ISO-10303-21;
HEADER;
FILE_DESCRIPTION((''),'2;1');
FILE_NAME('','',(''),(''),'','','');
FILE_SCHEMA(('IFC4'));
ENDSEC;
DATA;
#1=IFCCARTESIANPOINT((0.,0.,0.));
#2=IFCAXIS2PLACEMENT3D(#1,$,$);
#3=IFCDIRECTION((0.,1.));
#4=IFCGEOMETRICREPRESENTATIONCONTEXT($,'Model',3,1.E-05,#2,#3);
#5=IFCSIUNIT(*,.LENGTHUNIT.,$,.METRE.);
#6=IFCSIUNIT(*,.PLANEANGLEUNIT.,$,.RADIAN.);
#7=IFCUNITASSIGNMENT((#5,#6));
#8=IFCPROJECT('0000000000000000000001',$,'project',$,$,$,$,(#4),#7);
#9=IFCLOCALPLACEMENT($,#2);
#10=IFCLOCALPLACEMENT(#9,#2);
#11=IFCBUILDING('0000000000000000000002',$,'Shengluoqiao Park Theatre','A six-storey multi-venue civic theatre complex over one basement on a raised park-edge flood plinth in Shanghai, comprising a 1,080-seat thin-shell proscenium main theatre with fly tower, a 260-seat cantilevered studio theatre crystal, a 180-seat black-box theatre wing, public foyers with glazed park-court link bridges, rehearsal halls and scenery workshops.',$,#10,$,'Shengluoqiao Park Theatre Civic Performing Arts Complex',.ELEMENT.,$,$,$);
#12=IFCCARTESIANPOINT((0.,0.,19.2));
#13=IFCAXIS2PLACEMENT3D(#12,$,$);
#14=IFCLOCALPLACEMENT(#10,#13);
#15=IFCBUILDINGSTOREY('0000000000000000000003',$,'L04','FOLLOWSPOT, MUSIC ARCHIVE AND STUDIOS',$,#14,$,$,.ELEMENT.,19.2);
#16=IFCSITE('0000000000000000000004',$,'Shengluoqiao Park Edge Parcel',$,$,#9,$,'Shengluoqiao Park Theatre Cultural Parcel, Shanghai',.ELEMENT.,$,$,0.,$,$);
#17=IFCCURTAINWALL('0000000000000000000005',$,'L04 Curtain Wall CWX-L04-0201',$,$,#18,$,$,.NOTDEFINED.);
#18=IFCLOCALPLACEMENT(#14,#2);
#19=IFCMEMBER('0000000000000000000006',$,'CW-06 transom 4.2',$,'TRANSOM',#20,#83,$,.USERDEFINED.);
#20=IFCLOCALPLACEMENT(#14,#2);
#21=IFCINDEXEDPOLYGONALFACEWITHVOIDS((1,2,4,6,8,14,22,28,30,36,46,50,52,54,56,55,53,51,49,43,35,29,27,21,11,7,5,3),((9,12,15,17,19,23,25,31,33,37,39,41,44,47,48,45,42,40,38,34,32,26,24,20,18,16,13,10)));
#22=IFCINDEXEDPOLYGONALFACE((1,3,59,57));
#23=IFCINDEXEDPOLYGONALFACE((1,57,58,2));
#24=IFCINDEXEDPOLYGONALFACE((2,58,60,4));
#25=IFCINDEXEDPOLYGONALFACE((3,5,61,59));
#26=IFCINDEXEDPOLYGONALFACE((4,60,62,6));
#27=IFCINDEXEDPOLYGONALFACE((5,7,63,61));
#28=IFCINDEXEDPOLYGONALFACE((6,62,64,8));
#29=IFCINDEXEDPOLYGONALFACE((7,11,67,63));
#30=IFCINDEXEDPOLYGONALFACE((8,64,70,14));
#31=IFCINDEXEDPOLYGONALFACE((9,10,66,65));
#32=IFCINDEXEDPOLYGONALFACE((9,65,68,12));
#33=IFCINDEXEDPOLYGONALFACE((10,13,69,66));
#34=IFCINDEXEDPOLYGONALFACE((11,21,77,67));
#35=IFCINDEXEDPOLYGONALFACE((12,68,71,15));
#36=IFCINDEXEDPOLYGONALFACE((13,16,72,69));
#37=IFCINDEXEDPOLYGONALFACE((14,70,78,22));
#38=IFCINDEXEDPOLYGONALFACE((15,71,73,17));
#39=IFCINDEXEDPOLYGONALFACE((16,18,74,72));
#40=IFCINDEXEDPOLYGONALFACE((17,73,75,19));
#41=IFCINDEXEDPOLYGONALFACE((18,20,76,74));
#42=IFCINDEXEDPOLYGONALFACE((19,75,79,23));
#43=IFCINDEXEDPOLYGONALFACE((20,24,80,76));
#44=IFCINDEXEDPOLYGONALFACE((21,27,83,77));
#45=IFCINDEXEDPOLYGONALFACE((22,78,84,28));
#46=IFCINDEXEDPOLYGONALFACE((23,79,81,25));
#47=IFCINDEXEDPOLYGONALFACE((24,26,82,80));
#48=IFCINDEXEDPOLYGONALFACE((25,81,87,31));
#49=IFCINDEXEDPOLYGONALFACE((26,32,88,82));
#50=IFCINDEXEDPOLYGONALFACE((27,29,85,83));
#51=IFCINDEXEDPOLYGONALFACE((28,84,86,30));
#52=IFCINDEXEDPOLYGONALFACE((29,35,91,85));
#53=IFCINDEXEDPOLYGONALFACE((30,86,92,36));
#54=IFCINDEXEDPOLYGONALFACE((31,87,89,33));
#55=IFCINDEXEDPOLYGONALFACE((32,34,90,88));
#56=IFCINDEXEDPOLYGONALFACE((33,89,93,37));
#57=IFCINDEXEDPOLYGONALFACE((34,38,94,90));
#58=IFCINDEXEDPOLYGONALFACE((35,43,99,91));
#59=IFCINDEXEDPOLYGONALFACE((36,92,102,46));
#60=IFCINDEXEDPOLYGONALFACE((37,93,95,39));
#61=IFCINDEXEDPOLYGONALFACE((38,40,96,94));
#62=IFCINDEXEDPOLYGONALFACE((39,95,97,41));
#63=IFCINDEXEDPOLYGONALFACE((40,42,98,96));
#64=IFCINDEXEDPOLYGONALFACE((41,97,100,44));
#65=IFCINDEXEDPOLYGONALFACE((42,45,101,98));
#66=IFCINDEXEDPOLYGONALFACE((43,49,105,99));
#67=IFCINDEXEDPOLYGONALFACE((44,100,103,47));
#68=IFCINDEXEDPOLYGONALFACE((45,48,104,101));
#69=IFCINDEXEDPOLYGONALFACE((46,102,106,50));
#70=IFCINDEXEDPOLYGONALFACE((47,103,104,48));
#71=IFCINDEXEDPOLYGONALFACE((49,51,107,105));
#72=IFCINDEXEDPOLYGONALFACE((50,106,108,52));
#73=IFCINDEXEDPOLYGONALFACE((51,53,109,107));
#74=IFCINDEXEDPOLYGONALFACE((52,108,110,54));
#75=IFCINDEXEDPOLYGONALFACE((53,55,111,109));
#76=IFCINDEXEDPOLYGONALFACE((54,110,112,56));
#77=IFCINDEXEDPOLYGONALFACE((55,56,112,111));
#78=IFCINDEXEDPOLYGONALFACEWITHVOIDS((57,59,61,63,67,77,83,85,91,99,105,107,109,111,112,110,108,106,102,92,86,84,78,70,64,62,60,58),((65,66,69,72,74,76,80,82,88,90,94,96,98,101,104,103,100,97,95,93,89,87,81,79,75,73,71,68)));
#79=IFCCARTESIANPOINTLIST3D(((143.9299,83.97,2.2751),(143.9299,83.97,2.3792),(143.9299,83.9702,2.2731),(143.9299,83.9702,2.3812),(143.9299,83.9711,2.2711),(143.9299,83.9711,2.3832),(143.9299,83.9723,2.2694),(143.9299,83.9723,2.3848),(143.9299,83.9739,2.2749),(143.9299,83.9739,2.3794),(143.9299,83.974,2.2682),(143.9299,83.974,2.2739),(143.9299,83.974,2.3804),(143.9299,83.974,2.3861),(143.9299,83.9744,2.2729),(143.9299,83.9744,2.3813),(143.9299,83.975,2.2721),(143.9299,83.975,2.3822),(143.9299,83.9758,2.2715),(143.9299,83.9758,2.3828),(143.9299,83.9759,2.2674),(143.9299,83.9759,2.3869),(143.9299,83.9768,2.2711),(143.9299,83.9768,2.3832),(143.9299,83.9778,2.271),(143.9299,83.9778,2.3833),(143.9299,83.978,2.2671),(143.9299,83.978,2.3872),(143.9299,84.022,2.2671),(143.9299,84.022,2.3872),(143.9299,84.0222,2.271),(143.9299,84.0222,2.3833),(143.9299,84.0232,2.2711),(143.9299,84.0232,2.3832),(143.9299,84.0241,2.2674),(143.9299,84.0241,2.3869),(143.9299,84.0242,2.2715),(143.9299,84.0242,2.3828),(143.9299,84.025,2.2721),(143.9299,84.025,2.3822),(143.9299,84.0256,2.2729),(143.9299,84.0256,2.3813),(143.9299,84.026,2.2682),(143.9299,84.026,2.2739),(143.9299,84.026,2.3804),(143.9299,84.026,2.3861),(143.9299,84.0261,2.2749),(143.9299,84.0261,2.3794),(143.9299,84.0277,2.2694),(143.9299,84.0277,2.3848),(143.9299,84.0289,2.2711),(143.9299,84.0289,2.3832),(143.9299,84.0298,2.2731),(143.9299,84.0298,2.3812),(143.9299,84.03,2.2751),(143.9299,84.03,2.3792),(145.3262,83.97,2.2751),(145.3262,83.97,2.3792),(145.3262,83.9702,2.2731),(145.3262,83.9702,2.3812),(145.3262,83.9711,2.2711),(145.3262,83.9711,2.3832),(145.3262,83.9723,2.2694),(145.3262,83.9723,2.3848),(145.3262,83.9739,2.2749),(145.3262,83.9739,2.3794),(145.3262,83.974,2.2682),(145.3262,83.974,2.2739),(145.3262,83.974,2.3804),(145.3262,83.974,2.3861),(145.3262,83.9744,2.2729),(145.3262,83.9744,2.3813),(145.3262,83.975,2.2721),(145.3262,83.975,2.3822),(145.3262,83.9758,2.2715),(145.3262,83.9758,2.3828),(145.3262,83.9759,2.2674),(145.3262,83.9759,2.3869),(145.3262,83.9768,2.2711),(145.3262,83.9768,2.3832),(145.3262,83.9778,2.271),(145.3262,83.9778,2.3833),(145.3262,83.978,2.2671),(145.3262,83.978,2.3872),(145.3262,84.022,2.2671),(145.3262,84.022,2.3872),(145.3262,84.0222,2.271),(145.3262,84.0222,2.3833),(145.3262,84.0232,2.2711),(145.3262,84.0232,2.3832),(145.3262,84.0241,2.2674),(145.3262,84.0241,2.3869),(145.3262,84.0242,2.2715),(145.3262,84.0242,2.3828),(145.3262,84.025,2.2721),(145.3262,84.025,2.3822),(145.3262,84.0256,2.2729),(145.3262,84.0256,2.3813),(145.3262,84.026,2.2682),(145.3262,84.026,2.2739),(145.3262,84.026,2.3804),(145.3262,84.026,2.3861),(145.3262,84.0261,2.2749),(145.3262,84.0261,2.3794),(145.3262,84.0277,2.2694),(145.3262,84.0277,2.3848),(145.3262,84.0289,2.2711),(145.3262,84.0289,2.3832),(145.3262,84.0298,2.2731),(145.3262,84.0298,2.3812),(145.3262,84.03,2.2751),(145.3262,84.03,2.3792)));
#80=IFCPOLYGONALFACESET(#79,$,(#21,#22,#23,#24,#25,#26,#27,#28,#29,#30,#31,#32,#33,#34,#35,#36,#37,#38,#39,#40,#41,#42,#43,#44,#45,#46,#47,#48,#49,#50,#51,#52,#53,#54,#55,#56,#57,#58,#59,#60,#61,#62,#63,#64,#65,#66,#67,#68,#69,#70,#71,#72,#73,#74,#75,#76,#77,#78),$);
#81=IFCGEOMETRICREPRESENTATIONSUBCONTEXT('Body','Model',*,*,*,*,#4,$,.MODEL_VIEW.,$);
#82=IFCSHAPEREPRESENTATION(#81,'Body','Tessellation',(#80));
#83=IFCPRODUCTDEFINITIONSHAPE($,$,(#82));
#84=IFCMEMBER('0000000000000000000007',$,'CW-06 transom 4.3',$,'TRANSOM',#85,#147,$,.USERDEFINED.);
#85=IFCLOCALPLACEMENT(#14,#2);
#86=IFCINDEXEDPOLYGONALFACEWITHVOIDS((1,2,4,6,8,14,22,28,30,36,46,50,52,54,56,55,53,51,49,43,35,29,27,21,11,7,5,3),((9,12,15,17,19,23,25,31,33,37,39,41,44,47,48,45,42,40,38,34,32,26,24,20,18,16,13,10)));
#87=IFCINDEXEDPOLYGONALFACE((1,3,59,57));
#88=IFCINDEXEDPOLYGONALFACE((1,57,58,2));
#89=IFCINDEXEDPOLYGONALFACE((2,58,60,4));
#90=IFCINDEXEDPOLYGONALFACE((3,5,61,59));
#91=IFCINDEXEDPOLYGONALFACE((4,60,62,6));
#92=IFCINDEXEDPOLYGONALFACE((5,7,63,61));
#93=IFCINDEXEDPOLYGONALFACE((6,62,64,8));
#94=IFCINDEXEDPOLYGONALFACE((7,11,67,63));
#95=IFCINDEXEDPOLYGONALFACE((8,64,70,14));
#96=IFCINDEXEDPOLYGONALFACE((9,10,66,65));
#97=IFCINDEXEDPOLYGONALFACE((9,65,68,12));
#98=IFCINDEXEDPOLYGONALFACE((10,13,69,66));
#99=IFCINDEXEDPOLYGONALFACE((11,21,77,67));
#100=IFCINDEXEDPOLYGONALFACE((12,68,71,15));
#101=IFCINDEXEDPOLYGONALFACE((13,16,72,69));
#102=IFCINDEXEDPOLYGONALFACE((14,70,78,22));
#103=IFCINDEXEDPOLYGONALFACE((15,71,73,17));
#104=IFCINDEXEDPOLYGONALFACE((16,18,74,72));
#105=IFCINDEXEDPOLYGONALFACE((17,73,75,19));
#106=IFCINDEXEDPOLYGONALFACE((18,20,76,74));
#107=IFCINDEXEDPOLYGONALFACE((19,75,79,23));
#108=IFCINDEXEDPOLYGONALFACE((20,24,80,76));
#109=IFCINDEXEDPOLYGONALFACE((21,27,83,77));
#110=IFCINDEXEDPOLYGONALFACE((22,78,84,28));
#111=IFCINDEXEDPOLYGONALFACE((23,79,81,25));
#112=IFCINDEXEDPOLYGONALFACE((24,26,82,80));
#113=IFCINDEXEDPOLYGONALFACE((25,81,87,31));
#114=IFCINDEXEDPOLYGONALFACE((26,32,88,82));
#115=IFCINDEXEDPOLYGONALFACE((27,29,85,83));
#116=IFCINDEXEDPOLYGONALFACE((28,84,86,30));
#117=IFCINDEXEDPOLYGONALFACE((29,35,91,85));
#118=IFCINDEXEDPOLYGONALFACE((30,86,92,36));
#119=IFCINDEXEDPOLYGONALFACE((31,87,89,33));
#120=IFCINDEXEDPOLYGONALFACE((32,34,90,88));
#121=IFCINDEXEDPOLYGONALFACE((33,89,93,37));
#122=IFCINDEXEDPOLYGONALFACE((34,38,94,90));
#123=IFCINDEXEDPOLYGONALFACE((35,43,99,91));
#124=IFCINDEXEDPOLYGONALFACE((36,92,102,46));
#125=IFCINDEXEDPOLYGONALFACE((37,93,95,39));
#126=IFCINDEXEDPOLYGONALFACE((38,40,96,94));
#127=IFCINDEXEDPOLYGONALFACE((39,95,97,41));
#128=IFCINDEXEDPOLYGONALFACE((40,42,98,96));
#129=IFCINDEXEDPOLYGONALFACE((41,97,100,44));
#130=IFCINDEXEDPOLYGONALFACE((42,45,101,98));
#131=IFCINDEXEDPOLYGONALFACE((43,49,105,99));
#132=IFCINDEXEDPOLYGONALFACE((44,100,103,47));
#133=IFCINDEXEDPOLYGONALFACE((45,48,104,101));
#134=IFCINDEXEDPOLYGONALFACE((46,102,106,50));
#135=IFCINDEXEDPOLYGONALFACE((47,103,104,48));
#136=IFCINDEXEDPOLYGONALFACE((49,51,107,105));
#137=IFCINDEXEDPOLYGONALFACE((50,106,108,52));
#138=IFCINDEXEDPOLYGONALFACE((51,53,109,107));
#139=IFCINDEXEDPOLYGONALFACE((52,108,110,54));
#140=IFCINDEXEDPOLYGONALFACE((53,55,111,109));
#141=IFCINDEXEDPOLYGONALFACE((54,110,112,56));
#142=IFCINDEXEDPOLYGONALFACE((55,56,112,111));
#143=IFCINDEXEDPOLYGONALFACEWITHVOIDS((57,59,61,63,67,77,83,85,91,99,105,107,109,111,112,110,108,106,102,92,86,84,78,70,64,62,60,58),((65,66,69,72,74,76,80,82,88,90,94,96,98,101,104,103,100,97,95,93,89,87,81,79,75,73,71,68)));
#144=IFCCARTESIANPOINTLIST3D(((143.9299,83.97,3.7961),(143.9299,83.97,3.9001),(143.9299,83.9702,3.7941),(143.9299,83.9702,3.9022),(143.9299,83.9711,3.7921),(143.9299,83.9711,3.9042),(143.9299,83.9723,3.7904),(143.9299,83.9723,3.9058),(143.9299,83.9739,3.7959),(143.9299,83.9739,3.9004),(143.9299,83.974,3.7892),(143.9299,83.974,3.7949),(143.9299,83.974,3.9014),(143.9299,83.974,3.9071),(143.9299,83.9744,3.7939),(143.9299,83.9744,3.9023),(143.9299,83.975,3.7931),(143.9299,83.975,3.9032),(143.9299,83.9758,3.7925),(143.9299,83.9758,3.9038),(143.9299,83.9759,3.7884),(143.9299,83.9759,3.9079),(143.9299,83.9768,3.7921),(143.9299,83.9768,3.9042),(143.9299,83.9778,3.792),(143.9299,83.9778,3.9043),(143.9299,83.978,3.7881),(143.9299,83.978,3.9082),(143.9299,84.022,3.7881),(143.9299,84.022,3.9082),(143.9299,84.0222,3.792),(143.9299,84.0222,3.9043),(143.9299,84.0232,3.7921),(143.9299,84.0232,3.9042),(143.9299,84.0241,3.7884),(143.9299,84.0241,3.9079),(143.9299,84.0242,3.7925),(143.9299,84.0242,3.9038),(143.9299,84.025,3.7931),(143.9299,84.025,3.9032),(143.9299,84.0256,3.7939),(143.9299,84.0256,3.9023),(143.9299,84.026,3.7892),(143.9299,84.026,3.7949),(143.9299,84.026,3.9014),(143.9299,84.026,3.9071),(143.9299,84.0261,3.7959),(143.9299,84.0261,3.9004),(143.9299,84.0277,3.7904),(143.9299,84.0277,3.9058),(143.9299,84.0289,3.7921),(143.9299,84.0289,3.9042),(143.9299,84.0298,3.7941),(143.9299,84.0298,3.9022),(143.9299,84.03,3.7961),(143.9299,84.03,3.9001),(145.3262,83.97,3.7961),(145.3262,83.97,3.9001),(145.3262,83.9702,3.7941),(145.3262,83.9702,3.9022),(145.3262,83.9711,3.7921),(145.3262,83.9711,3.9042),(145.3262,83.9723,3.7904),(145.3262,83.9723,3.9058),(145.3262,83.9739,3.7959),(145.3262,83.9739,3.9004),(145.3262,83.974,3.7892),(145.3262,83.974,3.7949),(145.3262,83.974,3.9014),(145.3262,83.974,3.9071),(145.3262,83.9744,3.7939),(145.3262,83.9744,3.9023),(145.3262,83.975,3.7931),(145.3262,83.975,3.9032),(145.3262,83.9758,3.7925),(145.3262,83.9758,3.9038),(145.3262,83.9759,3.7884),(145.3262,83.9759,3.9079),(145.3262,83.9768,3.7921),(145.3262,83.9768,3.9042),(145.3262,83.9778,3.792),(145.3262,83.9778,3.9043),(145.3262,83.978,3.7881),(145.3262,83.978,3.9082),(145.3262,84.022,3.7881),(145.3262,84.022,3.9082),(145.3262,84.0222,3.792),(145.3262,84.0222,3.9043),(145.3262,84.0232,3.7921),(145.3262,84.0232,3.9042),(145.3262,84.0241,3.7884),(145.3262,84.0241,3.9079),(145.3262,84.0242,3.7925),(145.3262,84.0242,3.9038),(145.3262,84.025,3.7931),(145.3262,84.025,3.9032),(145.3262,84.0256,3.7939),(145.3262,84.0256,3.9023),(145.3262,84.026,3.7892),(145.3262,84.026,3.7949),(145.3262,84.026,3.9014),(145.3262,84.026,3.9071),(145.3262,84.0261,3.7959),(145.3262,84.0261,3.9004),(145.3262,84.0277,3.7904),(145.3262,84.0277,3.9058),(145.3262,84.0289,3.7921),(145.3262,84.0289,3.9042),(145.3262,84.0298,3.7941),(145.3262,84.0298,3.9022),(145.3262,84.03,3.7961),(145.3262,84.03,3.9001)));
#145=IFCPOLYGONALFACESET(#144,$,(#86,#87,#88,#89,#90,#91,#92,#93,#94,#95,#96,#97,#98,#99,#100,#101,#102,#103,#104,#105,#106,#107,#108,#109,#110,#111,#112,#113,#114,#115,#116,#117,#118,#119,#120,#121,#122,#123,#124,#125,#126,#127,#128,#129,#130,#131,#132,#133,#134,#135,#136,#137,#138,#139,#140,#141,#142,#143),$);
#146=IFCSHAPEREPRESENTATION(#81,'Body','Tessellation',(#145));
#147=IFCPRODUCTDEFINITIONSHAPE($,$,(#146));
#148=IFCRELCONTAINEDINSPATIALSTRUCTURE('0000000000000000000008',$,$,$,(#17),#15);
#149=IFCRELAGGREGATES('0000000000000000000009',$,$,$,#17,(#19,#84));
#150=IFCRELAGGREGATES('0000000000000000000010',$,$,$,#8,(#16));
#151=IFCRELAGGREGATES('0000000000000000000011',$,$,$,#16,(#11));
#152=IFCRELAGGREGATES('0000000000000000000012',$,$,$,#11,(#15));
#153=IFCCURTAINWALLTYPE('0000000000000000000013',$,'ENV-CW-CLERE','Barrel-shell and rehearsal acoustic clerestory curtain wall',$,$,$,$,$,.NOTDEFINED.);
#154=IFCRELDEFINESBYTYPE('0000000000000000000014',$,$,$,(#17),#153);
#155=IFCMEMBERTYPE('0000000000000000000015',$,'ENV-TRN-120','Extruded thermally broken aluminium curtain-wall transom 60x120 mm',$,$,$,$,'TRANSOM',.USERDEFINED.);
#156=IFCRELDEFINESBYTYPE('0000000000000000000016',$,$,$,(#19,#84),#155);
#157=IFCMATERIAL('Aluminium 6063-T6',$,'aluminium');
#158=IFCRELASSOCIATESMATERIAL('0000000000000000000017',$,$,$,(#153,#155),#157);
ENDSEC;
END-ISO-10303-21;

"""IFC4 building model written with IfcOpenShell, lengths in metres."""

from ifc_helpers import new_model, si_unit, direction, frame, origin, origin_2d, place, context, subcontext, project, spatial, hollow_rectangle, extrude, material, material_profile, profile_set, type_object, element, aggregate, save


model = new_model("IFC4")

# Units and contexts
model_context = context("Model", 3, precision=1e-05, world=origin(), true_north=direction((0.0, 1.0)))
body_context = subcontext(model_context, "Body", "Model", "MODEL_VIEW")
ifc_project = project(units=[si_unit("LENGTHUNIT", "METRE"), si_unit("PLANEANGLEUNIT", "RADIAN")], contexts=[model_context])

# Site, building, storey
site_placement = place(None, origin())
site = spatial("IfcSite", under=ifc_project, at=site_placement, Name="Shengluoqiao Park Edge Parcel", LongName="Shengluoqiao Park Theatre Cultural Parcel, Shanghai", CompositionType="ELEMENT", RefElevation=0.0)
building_placement = place(site_placement, origin())
building = spatial("IfcBuilding", under=site, at=building_placement, Name="Shengluoqiao Park Theatre", Description="A six-storey multi-venue civic theatre complex over one basement on a raised park-edge flood plinth in Shanghai, comprising a 1,080-seat thin-shell proscenium main theatre with fly tower, a 260-seat cantilevered studio theatre crystal, a 180-seat black-box theatre wing, public foyers with glazed park-court link bridges, rehearsal halls and scenery workshops.", LongName="Shengluoqiao Park Theatre Civic Performing Arts Complex", CompositionType="ELEMENT")
storey_placement = place(building_placement, frame((0.0, 0.0, 19.2)))
storey = spatial("IfcBuildingStorey", under=building, at=storey_placement, Name="L04", Description="FOLLOWSPOT, MUSIC ARCHIVE AND STUDIOS", CompositionType="ELEMENT", Elevation=19.2)

# Curtain wall, members
ifc_material_1 = material(Name="Aluminium 6063-T6", Category="aluminium")
curtain_wall_type = type_object("IfcCurtainWallType", Name="ENV-CW-CLERE", Description="Barrel-shell and rehearsal acoustic clerestory curtain wall", PredefinedType="NOTDEFINED", material=ifc_material_1)
curtain_wall_placement = place(storey_placement, origin())
curtain_wall = element("IfcCurtainWall", 1, at=curtain_wall_placement, inside=storey, type_object=curtain_wall_type, Name="L04 Curtain Wall CWX-L04-0201", PredefinedType="NOTDEFINED")
ifc_material_profile_1 = material_profile(ifc_material_1, hollow_rectangle(XDim=0.0601, YDim=0.1201, WallThickness=0.0039, InnerFilletRadius=0.0039, OuterFilletRadius=0.0081, at=origin_2d()), Name="ALU TRANSOM 120x60x4")
ifc_profile_set_1 = profile_set([ifc_material_profile_1], Name="Aluminium 6063-T6")
member_type_1 = type_object("IfcMemberType", Name="ENV-TRN-120", Description="Extruded thermally broken aluminium curtain-wall transom 60x120 mm", ElementType="TRANSOM", PredefinedType="USERDEFINED", material=ifc_profile_set_1)
member_1_placement = place(storey_placement, frame((143.9299, 84.0, 2.3271), z_axis=(1.0, 0.0, 0.0), x_axis=(0.0, 1.0, 0.0)))
member_1 = element("IfcMember", 2, at=member_1_placement, type_object=member_type_1, Name="CW-06 transom 4.2", ObjectType="TRANSOM", PredefinedType="USERDEFINED", context=body_context, shape_type="SweptSolid", body=[
    extrude(hollow_rectangle(XDim=0.0601, YDim=0.1201, WallThickness=0.0039, InnerFilletRadius=0.0039, OuterFilletRadius=0.0081, at=origin_2d()), origin(), (0.0, 0.0, 1.0), 1.3962),
])
member_2_placement = place(storey_placement, frame((143.9299, 84.0, 3.8481), z_axis=(1.0, 0.0, 0.0), x_axis=(0.0, 1.0, 0.0)))
member_2 = element("IfcMember", 3, at=member_2_placement, type_object=member_type_1, Name="CW-06 transom 4.3", ObjectType="TRANSOM", PredefinedType="USERDEFINED", context=body_context, shape_type="SweptSolid", body=[
    extrude(hollow_rectangle(XDim=0.0601, YDim=0.1201, WallThickness=0.0039, InnerFilletRadius=0.0039, OuterFilletRadius=0.0081, at=origin_2d()), origin(), (0.0, 0.0, 1.0), 1.3962),
])

aggregate(curtain_wall, [member_1, member_2])

save(model, "model.ifc")
